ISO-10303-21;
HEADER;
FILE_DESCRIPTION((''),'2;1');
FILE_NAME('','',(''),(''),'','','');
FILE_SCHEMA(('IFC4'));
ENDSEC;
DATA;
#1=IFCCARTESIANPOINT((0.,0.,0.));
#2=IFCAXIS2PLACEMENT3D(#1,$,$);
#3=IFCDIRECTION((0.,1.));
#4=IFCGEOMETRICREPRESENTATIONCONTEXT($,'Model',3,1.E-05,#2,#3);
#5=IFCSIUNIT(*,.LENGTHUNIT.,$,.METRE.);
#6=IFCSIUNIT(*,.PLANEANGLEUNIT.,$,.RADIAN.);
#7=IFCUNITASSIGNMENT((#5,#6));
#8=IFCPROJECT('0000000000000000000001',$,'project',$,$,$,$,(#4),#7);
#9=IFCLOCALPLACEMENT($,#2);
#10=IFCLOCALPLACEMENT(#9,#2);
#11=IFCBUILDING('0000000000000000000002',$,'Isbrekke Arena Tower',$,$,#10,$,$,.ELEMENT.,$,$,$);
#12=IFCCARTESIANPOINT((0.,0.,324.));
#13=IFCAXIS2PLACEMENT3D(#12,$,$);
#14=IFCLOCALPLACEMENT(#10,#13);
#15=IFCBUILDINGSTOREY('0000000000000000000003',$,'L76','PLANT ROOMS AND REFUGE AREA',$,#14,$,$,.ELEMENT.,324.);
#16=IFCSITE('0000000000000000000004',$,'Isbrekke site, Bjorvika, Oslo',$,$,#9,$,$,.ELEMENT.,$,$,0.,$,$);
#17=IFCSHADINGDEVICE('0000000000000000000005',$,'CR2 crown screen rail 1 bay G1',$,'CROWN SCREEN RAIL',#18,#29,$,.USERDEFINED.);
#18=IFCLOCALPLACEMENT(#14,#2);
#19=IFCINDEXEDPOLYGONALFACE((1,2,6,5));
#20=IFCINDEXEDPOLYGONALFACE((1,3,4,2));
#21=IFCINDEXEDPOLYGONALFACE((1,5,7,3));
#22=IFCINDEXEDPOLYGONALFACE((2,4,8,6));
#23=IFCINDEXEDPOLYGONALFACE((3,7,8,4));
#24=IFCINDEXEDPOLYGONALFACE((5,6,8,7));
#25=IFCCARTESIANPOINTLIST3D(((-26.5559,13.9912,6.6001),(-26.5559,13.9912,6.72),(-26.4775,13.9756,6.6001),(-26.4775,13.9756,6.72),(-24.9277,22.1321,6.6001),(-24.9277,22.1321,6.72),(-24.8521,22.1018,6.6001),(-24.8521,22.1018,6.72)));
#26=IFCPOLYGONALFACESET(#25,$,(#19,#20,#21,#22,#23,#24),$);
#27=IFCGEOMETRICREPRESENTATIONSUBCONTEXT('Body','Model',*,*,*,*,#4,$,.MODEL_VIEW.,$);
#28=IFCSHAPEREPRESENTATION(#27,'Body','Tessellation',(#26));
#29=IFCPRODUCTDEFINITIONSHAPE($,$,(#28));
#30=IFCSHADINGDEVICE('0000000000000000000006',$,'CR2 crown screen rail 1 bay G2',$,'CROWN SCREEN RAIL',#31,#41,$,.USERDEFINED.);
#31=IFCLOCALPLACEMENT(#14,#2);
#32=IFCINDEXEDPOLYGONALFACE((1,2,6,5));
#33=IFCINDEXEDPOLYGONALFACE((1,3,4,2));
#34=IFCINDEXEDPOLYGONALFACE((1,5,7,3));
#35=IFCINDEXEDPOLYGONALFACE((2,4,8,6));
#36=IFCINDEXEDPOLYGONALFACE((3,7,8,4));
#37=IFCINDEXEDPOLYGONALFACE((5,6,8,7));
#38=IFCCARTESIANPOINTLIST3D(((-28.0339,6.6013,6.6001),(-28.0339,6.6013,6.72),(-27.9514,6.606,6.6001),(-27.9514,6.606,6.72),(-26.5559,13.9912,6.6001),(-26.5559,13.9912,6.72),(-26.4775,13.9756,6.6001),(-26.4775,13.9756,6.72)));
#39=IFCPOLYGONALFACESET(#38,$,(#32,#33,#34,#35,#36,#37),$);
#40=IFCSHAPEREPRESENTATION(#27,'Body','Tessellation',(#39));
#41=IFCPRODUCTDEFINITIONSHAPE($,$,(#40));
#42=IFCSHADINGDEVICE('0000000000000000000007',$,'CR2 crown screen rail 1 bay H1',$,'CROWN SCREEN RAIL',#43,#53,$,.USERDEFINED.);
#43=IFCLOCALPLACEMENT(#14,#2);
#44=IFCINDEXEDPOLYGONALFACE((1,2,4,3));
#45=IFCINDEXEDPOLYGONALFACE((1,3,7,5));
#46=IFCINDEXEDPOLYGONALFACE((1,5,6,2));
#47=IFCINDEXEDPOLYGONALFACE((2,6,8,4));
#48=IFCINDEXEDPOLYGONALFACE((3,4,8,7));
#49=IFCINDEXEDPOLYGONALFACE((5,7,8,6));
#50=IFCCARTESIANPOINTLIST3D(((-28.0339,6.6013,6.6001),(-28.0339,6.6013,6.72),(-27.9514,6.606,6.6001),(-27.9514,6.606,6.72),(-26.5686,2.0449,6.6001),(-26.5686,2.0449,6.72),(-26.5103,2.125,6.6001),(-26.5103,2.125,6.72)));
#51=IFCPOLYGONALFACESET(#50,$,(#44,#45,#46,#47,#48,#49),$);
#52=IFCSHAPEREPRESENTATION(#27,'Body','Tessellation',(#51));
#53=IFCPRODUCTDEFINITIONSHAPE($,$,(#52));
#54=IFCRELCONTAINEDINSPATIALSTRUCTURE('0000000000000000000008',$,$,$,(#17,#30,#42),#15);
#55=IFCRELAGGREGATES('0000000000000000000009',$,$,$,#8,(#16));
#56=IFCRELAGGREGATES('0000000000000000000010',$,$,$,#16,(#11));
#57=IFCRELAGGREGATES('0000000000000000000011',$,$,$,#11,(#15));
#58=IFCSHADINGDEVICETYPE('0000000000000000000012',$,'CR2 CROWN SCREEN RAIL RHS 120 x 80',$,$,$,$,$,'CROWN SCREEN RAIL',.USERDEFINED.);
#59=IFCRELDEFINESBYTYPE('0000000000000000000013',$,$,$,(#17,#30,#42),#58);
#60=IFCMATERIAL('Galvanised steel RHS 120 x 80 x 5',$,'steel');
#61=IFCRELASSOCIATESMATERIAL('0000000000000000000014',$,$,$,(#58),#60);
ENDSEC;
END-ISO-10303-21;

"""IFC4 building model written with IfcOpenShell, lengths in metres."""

from ifc_helpers import new_model, si_unit, direction, frame, origin, place, context, subcontext, project, spatial, polyline, outline, extrude, material, type_object, element, save


model = new_model("IFC4")

# Units and contexts
model_context = context("Model", 3, precision=1e-05, world=origin(), true_north=direction((0.0, 1.0)))
body_context = subcontext(model_context, "Body", "Model", "MODEL_VIEW")
ifc_project = project(units=[si_unit("LENGTHUNIT", "METRE"), si_unit("PLANEANGLEUNIT", "RADIAN")], contexts=[model_context])

# Site, building, storey
site_placement = place(None, origin())
site = spatial("IfcSite", under=ifc_project, at=site_placement, Name="Isbrekke site, Bjorvika, Oslo", CompositionType="ELEMENT", RefElevation=0.0)
building_placement = place(site_placement, origin())
building = spatial("IfcBuilding", under=site, at=building_placement, Name="Isbrekke Arena Tower", CompositionType="ELEMENT")
storey_placement = place(building_placement, frame((0.0, 0.0, 324.0)))
storey = spatial("IfcBuildingStorey", under=building, at=storey_placement, Name="L76", Description="PLANT ROOMS AND REFUGE AREA", CompositionType="ELEMENT", Elevation=324.0)

# Shading devices
ifc_material_1 = material(Name="Galvanised steel RHS 120 x 80 x 5", Category="steel")
shading_device_type_1 = type_object("IfcShadingDeviceType", Name="CR2 CROWN SCREEN RAIL RHS 120 x 80", ElementType="CROWN SCREEN RAIL", PredefinedType="USERDEFINED", material=ifc_material_1)
shading_device_1_placement = place(storey_placement, frame((0.0, 0.0, 6.6001)))
element("IfcShadingDevice", 1, at=shading_device_1_placement, inside=storey, type_object=shading_device_type_1, Name="CR2 crown screen rail 1 bay G1", ObjectType="CROWN SCREEN RAIL", PredefinedType="USERDEFINED", context=body_context, shape_type="SweptSolid", body=[
    extrude(outline(polyline([(-24.8521, 22.1018), (-26.4775, 13.9756), (-26.5559, 13.9912), (-24.9277, 22.1321), (-24.8521, 22.1018)])), origin(), (0.0, 0.0, 1.0), 0.1199),
])
shading_device_2_placement = place(storey_placement, frame((0.0, 0.0, 6.6001)))
element("IfcShadingDevice", 2, at=shading_device_2_placement, inside=storey, type_object=shading_device_type_1, Name="CR2 crown screen rail 1 bay G2", ObjectType="CROWN SCREEN RAIL", PredefinedType="USERDEFINED", context=body_context, shape_type="SweptSolid", body=[
    extrude(outline(polyline([(-26.4775, 13.9756), (-27.9514, 6.606), (-28.0339, 6.6013), (-26.5559, 13.9912), (-26.4775, 13.9756)])), origin(), (0.0, 0.0, 1.0), 0.1199),
])
shading_device_3_placement = place(storey_placement, frame((0.0, 0.0, 6.6001)))
element("IfcShadingDevice", 3, at=shading_device_3_placement, inside=storey, type_object=shading_device_type_1, Name="CR2 crown screen rail 1 bay H1", ObjectType="CROWN SCREEN RAIL", PredefinedType="USERDEFINED", context=body_context, shape_type="SweptSolid", body=[
    extrude(outline(polyline([(-27.9514, 6.606), (-26.5103, 2.125), (-26.5686, 2.0449), (-28.0339, 6.6013), (-27.9514, 6.606)])), origin(), (0.0, 0.0, 1.0), 0.1199),
])

save(model, "model.ifc")
